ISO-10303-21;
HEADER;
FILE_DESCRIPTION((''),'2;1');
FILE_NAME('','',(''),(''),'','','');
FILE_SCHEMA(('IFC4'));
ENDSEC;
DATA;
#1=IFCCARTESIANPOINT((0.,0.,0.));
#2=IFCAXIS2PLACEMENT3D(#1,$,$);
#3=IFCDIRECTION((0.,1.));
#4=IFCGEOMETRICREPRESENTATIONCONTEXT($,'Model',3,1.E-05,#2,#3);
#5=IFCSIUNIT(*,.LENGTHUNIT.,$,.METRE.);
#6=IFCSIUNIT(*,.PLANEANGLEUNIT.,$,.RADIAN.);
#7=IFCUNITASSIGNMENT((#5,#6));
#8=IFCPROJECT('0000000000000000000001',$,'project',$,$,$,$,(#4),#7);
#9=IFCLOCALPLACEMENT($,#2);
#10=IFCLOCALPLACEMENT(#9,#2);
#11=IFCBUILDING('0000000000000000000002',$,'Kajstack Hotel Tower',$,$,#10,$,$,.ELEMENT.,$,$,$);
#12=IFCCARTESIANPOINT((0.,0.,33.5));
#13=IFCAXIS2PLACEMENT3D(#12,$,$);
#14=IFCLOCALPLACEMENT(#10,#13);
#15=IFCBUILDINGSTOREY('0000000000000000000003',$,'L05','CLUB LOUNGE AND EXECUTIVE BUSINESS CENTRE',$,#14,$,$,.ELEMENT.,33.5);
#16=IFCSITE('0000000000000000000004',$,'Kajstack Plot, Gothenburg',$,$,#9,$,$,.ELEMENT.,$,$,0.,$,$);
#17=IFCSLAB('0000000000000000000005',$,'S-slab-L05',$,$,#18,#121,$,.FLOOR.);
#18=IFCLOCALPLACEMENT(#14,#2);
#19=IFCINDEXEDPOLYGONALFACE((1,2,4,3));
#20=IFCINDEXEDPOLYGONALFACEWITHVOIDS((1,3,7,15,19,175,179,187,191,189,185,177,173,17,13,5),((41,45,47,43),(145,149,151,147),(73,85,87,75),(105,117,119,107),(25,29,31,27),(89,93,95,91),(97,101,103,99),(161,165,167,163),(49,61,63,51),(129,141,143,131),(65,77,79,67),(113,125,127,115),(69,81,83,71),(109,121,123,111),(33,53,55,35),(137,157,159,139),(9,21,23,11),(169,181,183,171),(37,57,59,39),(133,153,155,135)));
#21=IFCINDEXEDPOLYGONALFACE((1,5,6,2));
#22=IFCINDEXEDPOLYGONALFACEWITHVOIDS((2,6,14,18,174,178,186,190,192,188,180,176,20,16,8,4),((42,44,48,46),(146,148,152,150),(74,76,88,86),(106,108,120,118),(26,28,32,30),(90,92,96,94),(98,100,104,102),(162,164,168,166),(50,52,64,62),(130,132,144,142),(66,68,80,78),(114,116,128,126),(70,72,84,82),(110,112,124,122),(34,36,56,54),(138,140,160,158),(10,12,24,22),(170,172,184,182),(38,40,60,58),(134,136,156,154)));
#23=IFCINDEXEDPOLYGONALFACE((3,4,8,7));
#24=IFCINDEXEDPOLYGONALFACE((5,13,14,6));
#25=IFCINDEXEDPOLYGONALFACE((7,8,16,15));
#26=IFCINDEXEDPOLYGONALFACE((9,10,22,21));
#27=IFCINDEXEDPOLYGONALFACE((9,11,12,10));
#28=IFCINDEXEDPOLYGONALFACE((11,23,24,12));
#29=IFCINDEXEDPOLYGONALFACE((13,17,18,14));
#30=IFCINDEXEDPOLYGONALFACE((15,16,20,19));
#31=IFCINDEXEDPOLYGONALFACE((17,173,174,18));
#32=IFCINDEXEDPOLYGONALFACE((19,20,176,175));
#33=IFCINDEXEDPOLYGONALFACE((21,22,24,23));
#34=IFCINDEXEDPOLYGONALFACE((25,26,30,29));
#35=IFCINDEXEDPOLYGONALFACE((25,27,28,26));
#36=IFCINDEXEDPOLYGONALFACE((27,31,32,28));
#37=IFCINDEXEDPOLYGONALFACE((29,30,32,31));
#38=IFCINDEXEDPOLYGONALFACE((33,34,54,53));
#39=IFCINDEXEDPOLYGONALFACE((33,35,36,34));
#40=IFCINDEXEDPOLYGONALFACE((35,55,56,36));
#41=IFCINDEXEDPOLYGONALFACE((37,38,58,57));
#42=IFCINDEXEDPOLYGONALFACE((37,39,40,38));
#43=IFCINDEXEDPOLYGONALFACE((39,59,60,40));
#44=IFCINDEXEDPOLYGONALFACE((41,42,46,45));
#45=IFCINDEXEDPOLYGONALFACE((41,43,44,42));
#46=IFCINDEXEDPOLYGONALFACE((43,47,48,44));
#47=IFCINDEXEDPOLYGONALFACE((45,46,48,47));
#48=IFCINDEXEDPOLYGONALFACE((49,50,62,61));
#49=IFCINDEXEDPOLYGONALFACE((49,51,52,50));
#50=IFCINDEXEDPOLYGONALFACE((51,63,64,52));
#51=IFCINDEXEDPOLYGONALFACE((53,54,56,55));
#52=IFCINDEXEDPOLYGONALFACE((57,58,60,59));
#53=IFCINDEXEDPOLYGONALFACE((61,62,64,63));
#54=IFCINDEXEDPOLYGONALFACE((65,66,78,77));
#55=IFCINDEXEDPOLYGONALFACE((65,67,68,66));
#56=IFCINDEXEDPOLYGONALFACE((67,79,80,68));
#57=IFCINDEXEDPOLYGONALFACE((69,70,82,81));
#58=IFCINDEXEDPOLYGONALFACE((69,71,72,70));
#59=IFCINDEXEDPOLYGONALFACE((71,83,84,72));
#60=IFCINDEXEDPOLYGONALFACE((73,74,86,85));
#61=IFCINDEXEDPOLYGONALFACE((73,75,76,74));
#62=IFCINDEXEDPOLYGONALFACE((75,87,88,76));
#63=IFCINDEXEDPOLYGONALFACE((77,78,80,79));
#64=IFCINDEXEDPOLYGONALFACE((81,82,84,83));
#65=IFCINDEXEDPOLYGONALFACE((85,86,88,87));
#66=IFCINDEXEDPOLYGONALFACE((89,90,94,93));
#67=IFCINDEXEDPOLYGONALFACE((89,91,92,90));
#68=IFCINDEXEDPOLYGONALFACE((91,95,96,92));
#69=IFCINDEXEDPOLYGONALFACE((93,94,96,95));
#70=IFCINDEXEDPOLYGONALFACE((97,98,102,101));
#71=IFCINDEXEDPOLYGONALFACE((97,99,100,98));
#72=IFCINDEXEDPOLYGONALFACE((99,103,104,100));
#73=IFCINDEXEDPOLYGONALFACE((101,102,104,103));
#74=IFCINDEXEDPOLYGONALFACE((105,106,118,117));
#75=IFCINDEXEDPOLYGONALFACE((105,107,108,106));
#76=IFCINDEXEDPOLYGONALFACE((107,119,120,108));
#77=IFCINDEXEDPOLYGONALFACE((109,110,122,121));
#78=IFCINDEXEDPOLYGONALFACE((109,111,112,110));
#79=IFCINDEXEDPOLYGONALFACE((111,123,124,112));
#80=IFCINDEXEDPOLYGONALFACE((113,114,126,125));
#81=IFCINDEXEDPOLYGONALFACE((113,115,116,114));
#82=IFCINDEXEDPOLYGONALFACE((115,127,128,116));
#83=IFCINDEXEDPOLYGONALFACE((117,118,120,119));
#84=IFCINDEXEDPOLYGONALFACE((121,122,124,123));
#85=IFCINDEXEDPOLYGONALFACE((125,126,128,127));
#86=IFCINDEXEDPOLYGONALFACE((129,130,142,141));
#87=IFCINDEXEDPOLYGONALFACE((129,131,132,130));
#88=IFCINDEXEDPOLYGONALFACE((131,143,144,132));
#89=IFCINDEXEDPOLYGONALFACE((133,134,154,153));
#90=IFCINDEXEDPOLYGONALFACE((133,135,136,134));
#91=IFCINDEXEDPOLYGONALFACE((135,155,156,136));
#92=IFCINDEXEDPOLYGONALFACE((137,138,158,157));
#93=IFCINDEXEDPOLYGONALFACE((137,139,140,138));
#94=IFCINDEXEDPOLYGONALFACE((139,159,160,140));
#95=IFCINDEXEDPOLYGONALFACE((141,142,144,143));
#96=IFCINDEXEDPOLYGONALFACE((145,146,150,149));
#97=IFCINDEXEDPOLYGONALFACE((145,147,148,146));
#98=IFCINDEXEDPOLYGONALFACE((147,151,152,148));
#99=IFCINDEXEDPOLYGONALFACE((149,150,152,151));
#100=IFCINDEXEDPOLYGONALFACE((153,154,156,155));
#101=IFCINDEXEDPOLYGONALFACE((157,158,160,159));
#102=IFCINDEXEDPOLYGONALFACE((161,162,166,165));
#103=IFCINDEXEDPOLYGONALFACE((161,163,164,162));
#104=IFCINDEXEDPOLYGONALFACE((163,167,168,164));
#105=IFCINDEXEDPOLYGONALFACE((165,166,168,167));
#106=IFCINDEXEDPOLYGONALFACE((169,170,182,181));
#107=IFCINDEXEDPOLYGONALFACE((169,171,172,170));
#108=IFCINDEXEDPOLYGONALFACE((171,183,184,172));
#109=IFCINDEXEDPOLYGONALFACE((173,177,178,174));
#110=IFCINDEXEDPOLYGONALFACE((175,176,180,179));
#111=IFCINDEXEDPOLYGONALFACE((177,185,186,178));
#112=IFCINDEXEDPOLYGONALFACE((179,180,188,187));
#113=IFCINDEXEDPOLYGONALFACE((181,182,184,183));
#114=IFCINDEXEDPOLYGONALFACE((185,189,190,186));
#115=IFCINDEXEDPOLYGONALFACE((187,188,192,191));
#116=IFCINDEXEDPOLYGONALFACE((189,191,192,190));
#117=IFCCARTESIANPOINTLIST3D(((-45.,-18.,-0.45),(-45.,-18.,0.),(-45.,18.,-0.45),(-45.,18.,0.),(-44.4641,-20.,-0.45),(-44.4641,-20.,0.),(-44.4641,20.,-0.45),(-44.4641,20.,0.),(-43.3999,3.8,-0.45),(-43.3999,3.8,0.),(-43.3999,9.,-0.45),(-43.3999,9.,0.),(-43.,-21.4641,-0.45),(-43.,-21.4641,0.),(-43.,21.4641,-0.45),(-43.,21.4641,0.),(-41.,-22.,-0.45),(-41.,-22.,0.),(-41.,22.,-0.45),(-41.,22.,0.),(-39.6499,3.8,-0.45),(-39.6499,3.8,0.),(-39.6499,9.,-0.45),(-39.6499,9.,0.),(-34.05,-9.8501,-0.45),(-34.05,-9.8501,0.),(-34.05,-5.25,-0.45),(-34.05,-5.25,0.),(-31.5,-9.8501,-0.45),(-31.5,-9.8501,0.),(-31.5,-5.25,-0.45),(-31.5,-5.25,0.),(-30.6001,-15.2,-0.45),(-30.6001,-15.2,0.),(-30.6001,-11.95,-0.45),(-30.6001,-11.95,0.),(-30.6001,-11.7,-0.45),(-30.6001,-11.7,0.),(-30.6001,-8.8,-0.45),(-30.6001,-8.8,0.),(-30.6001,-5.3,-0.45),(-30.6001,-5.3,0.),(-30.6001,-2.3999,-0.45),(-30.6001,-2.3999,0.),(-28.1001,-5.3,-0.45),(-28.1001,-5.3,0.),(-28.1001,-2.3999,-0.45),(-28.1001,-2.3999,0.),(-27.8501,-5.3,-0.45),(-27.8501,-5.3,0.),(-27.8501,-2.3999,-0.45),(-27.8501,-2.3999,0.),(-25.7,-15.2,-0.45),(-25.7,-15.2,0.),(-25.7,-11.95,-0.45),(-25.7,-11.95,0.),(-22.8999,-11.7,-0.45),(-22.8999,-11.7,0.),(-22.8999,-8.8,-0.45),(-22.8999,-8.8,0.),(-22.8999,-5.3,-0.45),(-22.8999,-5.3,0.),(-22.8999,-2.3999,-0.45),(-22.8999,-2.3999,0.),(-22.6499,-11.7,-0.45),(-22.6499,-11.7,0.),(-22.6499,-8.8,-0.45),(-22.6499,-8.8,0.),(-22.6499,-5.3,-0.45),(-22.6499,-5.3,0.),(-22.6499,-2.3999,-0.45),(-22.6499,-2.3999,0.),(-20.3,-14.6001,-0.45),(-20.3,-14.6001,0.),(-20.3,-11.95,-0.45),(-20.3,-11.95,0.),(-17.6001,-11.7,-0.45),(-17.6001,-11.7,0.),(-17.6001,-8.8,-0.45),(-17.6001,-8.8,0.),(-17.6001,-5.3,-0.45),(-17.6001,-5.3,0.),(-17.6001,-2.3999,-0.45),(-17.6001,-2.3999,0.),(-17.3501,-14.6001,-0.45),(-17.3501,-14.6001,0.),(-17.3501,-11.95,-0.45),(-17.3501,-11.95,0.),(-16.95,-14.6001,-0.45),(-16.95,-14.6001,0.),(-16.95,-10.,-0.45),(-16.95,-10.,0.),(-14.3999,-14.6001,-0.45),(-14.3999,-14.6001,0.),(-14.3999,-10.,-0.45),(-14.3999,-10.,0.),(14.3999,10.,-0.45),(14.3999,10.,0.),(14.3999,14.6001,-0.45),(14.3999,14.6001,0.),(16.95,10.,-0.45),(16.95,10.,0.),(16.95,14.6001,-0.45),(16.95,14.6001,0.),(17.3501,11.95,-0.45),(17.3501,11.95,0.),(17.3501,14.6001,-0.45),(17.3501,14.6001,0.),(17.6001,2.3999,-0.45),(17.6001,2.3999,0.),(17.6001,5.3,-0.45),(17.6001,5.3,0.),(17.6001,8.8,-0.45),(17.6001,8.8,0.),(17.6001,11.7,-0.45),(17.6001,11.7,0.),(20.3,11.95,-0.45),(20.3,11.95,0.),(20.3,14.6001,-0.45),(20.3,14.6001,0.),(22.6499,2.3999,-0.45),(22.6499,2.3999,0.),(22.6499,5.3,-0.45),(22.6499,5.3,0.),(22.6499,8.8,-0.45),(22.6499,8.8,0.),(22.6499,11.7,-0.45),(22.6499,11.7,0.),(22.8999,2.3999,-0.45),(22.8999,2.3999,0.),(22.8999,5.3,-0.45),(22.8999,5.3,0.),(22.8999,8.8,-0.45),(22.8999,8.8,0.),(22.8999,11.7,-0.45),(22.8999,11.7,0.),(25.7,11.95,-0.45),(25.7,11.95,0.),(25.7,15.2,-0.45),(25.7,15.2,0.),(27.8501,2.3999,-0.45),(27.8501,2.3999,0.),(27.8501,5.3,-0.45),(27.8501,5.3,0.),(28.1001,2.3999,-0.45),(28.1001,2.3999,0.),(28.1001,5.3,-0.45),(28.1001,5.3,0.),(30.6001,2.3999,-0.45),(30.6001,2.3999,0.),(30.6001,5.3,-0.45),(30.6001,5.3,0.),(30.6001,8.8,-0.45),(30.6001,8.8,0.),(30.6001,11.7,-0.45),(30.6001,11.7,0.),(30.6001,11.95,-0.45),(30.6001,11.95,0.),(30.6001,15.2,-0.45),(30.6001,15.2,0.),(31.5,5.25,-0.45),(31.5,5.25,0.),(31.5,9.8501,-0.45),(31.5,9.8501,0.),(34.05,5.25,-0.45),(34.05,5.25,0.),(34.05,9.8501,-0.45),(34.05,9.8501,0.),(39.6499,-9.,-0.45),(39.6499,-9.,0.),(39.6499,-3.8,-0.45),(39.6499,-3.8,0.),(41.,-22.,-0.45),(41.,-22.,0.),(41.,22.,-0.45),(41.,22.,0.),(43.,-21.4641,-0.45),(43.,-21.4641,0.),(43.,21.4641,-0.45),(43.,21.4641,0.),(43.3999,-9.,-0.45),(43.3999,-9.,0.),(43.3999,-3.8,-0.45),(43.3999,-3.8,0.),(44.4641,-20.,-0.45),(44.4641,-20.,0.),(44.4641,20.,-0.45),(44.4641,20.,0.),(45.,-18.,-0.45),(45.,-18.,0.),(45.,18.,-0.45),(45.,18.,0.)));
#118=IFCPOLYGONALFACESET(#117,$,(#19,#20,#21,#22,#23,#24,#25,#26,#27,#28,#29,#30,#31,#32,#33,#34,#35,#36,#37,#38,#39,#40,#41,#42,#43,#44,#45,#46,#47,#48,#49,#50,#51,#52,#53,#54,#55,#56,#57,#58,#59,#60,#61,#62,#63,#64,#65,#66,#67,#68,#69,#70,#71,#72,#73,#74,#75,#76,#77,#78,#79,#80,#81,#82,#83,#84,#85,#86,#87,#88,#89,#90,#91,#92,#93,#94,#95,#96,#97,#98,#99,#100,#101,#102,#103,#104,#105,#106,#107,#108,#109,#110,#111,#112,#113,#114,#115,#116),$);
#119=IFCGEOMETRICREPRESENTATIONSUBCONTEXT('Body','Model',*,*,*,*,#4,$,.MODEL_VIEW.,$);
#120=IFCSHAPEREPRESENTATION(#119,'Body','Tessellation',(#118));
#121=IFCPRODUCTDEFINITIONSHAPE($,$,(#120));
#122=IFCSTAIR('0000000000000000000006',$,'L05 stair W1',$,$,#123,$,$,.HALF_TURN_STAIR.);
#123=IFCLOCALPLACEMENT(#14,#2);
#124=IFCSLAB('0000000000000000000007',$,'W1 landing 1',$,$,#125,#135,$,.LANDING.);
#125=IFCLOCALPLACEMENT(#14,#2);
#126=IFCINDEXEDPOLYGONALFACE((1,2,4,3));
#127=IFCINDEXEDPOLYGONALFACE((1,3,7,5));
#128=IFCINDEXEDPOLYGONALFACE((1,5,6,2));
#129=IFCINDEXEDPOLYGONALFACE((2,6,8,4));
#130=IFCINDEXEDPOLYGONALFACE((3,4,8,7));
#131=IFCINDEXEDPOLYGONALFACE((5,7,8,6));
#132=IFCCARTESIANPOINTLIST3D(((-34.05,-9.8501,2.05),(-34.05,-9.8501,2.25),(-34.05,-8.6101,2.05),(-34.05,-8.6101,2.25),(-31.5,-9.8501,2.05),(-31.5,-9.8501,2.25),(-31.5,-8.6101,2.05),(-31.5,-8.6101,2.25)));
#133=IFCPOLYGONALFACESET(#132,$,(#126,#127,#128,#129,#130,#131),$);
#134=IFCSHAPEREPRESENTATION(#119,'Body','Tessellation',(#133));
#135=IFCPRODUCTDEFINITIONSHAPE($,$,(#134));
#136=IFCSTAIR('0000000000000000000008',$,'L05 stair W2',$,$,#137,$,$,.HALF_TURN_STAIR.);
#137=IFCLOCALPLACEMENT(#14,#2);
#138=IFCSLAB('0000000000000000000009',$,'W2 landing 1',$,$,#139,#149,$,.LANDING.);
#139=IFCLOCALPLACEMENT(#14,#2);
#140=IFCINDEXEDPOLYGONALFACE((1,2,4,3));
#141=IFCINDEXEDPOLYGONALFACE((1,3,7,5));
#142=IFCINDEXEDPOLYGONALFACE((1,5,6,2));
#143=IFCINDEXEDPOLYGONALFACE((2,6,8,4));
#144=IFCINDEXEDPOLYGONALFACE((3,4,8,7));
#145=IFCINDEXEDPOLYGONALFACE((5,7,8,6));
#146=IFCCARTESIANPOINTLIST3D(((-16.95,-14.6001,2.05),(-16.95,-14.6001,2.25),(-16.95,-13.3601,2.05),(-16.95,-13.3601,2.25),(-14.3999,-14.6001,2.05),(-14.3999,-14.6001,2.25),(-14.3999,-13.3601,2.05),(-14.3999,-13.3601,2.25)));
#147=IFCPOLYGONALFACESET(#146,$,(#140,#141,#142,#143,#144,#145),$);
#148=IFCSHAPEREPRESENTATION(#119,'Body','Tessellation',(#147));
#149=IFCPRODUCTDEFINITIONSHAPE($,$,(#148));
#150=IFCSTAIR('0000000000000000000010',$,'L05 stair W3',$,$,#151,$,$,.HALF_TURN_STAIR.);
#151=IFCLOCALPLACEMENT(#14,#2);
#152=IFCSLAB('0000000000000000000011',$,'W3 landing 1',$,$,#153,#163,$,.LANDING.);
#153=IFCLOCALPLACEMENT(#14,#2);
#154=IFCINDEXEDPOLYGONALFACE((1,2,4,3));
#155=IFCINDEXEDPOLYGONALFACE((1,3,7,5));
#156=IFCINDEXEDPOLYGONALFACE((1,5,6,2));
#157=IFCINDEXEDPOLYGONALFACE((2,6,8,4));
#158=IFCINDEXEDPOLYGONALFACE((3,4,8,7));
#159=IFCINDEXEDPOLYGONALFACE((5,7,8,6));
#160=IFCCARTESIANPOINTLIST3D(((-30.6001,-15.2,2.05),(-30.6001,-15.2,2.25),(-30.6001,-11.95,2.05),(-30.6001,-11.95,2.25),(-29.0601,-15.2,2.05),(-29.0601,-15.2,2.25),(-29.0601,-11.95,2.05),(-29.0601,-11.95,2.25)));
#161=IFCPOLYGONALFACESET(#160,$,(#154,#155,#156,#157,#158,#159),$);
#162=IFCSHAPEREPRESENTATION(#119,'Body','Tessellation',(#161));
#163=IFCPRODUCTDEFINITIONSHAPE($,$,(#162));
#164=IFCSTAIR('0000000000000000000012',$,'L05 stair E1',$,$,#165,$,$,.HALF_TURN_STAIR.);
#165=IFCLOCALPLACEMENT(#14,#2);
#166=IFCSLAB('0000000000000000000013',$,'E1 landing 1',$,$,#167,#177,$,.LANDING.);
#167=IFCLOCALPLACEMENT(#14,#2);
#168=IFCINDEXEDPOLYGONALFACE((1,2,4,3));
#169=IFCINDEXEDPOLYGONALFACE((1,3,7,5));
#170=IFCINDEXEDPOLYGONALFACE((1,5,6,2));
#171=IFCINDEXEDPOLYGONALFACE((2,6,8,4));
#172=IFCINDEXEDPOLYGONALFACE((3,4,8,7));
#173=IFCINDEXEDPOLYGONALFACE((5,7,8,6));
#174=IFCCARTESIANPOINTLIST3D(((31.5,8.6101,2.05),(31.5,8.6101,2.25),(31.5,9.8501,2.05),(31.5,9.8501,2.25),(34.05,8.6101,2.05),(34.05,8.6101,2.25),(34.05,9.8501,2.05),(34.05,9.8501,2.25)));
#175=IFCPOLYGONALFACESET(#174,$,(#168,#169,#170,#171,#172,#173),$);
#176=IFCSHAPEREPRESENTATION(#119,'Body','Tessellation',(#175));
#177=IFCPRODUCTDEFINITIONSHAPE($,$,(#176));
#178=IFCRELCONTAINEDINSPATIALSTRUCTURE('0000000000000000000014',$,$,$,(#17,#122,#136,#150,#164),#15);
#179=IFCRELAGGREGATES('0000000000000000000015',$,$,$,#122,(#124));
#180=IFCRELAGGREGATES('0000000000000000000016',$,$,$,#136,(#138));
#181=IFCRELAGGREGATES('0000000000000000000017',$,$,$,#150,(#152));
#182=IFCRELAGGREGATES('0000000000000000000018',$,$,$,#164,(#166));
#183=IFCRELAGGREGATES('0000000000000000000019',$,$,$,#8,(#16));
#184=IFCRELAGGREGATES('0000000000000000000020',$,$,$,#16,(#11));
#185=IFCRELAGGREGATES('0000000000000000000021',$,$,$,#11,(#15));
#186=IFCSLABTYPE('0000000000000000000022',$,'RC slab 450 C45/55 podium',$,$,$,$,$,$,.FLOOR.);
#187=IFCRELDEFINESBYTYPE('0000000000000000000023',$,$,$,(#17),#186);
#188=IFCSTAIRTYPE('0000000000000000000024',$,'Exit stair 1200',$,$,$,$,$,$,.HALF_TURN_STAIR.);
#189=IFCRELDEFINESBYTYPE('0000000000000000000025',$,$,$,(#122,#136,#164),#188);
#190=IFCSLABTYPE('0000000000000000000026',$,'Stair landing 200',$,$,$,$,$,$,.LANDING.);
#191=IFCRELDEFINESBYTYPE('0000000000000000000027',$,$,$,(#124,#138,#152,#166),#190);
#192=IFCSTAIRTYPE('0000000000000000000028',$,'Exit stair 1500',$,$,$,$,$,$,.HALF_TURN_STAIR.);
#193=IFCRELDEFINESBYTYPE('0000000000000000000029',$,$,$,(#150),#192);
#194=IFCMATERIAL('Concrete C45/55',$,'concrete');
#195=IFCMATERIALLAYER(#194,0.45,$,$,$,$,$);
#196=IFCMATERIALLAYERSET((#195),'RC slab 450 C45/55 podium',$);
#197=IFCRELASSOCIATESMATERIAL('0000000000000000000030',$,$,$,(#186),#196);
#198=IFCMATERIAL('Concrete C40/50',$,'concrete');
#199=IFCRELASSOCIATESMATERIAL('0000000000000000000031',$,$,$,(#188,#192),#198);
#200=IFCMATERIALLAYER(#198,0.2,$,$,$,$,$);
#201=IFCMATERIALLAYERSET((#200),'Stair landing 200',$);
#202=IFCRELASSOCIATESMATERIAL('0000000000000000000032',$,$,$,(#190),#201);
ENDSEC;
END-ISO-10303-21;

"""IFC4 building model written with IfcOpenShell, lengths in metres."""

from ifc_helpers import new_model, si_unit, direction, frame, origin, place, context, subcontext, project, spatial, polyline, outline, extrude, material, layer, layer_set, type_object, element, aggregate, save


model = new_model("IFC4")

# Units and contexts
model_context = context("Model", 3, precision=1e-05, world=origin(), true_north=direction((0.0, 1.0)))
body_context = subcontext(model_context, "Body", "Model", "MODEL_VIEW")
ifc_project = project(units=[si_unit("LENGTHUNIT", "METRE"), si_unit("PLANEANGLEUNIT", "RADIAN")], contexts=[model_context])

# Site, building, storey
site_placement = place(None, origin())
site = spatial("IfcSite", under=ifc_project, at=site_placement, Name="Kajstack Plot, Gothenburg", CompositionType="ELEMENT", RefElevation=0.0)
building_placement = place(site_placement, origin())
building = spatial("IfcBuilding", under=site, at=building_placement, Name="Kajstack Hotel Tower", CompositionType="ELEMENT")
storey_placement = place(building_placement, frame((0.0, 0.0, 33.5)))
storey = spatial("IfcBuildingStorey", under=building, at=storey_placement, Name="L05", Description="CLUB LOUNGE AND EXECUTIVE BUSINESS CENTRE", CompositionType="ELEMENT", Elevation=33.5)

# Slab
ifc_material_1 = material(Name="Concrete C45/55", Category="concrete")
ifc_layer_1 = layer(ifc_material_1, 0.45)
ifc_layer_set_1 = layer_set([ifc_layer_1], Name="RC slab 450 C45/55 podium")
slab_type_1 = type_object("IfcSlabType", Name="RC slab 450 C45/55 podium", PredefinedType="FLOOR", material=ifc_layer_set_1)
slab_1_placement = place(storey_placement, frame((0.0, 0.0, -0.45)))
element("IfcSlab", 1, at=slab_1_placement, inside=storey, type_object=slab_type_1, Name="S-slab-L05", PredefinedType="FLOOR", context=body_context, shape_type="SweptSolid", body=[
    extrude(outline(polyline([(-45.0, -18.0), (-44.4641, -20.0), (-43.0, -21.4641), (-41.0, -22.0), (41.0, -22.0), (43.0, -21.4641), (44.4641, -20.0), (45.0, -18.0), (45.0, 18.0), (44.4641, 20.0), (43.0, 21.4641), (41.0, 22.0), (-41.0, 22.0), (-43.0, 21.4641), (-44.4641, 20.0), (-45.0, 18.0), (-45.0, -18.0)]), holes=[polyline([(-30.6001, -11.7), (-30.6001, -8.8), (-22.8999, -8.8), (-22.8999, -11.7), (-30.6001, -11.7)]), polyline([(-22.6499, -11.7), (-22.6499, -8.8), (-17.6001, -8.8), (-17.6001, -11.7), (-22.6499, -11.7)]), polyline([(-27.8501, -5.3), (-27.8501, -2.3999), (-22.8999, -2.3999), (-22.8999, -5.3), (-27.8501, -5.3)]), polyline([(-22.6499, -5.3), (-22.6499, -2.3999), (-17.6001, -2.3999), (-17.6001, -5.3), (-22.6499, -5.3)]), polyline([(-20.3, -14.6001), (-17.3501, -14.6001), (-17.3501, -11.95), (-20.3, -11.95), (-20.3, -14.6001)]), polyline([(-30.6001, -5.3), (-28.1001, -5.3), (-28.1001, -2.3999), (-30.6001, -2.3999), (-30.6001, -5.3)]), polyline([(22.8999, 8.8), (22.8999, 11.7), (30.6001, 11.7), (30.6001, 8.8), (22.8999, 8.8)]), polyline([(17.6001, 8.8), (17.6001, 11.7), (22.6499, 11.7), (22.6499, 8.8), (17.6001, 8.8)]), polyline([(22.8999, 2.3999), (22.8999, 5.3), (27.8501, 5.3), (27.8501, 2.3999), (22.8999, 2.3999)]), polyline([(17.6001, 2.3999), (17.6001, 5.3), (22.6499, 5.3), (22.6499, 2.3999), (17.6001, 2.3999)]), polyline([(20.3, 14.6001), (17.3501, 14.6001), (17.3501, 11.95), (20.3, 11.95), (20.3, 14.6001)]), polyline([(30.6001, 5.3), (28.1001, 5.3), (28.1001, 2.3999), (30.6001, 2.3999), (30.6001, 5.3)]), polyline([(-34.05, -9.8501), (-31.5, -9.8501), (-31.5, -5.25), (-34.05, -5.25), (-34.05, -9.8501)]), polyline([(-16.95, -14.6001), (-14.3999, -14.6001), (-14.3999, -10.0), (-16.95, -10.0), (-16.95, -14.6001)]), polyline([(-30.6001, -15.2), (-25.7, -15.2), (-25.7, -11.95), (-30.6001, -11.95), (-30.6001, -15.2)]), polyline([(34.05, 9.8501), (31.5, 9.8501), (31.5, 5.25), (34.05, 5.25), (34.05, 9.8501)]), polyline([(16.95, 14.6001), (14.3999, 14.6001), (14.3999, 10.0), (16.95, 10.0), (16.95, 14.6001)]), polyline([(30.6001, 15.2), (25.7, 15.2), (25.7, 11.95), (30.6001, 11.95), (30.6001, 15.2)]), polyline([(-43.3999, 3.8), (-39.6499, 3.8), (-39.6499, 9.0), (-43.3999, 9.0), (-43.3999, 3.8)]), polyline([(39.6499, -9.0), (43.3999, -9.0), (43.3999, -3.8), (39.6499, -3.8), (39.6499, -9.0)])]), origin(), (0.0, 0.0, 1.0), 0.45),
])

# Stairs, slabs
ifc_material_2 = material(Name="Concrete C40/50", Category="concrete")
stair_type_1 = type_object("IfcStairType", Name="Exit stair 1200", PredefinedType="HALF_TURN_STAIR", material=ifc_material_2)
stair_1_placement = place(storey_placement, origin())
stair_1 = element("IfcStair", 2, at=stair_1_placement, inside=storey, type_object=stair_type_1, Name="L05 stair W1", PredefinedType="HALF_TURN_STAIR")
ifc_layer_2 = layer(ifc_material_2, 0.2)
ifc_layer_set_2 = layer_set([ifc_layer_2], Name="Stair landing 200")
slab_type_2 = type_object("IfcSlabType", Name="Stair landing 200", PredefinedType="LANDING", material=ifc_layer_set_2)
slab_2_placement = place(storey_placement, frame((0.0, 0.0, 2.05)))
slab_2 = element("IfcSlab", 3, at=slab_2_placement, type_object=slab_type_2, Name="W1 landing 1", PredefinedType="LANDING", context=body_context, shape_type="SweptSolid", body=[
    extrude(outline(polyline([(-34.05, -8.6101), (-34.05, -9.8501), (-31.5, -9.8501), (-31.5, -8.6101), (-34.05, -8.6101)])), origin(), (0.0, 0.0, 1.0), 0.2),
])
aggregate(stair_1, [slab_2])
stair_2_placement = place(storey_placement, origin())
stair_2 = element("IfcStair", 4, at=stair_2_placement, inside=storey, type_object=stair_type_1, Name="L05 stair W2", PredefinedType="HALF_TURN_STAIR")
slab_3_placement = place(storey_placement, frame((0.0, 0.0, 2.05)))
slab_3 = element("IfcSlab", 5, at=slab_3_placement, type_object=slab_type_2, Name="W2 landing 1", PredefinedType="LANDING", context=body_context, shape_type="SweptSolid", body=[
    extrude(outline(polyline([(-16.95, -13.3601), (-16.95, -14.6001), (-14.3999, -14.6001), (-14.3999, -13.3601), (-16.95, -13.3601)])), origin(), (0.0, 0.0, 1.0), 0.2),
])
aggregate(stair_2, [slab_3])
stair_type_2 = type_object("IfcStairType", Name="Exit stair 1500", PredefinedType="HALF_TURN_STAIR", material=ifc_material_2)
stair_3_placement = place(storey_placement, origin())
stair_3 = element("IfcStair", 6, at=stair_3_placement, inside=storey, type_object=stair_type_2, Name="L05 stair W3", PredefinedType="HALF_TURN_STAIR")
slab_4_placement = place(storey_placement, frame((0.0, 0.0, 2.05)))
slab_4 = element("IfcSlab", 7, at=slab_4_placement, type_object=slab_type_2, Name="W3 landing 1", PredefinedType="LANDING", context=body_context, shape_type="SweptSolid", body=[
    extrude(outline(polyline([(-29.0601, -11.95), (-30.6001, -11.95), (-30.6001, -15.2), (-29.0601, -15.2), (-29.0601, -11.95)])), origin(), (0.0, 0.0, 1.0), 0.2),
])
aggregate(stair_3, [slab_4])
stair_4_placement = place(storey_placement, origin())
stair_4 = element("IfcStair", 8, at=stair_4_placement, inside=storey, type_object=stair_type_1, Name="L05 stair E1", PredefinedType="HALF_TURN_STAIR")
slab_5_placement = place(storey_placement, frame((0.0, 0.0, 2.05)))
slab_5 = element("IfcSlab", 9, at=slab_5_placement, type_object=slab_type_2, Name="E1 landing 1", PredefinedType="LANDING", context=body_context, shape_type="SweptSolid", body=[
    extrude(outline(polyline([(34.05, 8.6101), (34.05, 9.8501), (31.5, 9.8501), (31.5, 8.6101), (34.05, 8.6101)])), origin(), (0.0, 0.0, 1.0), 0.2),
])
aggregate(stair_4, [slab_5])

save(model, "model.ifc")
